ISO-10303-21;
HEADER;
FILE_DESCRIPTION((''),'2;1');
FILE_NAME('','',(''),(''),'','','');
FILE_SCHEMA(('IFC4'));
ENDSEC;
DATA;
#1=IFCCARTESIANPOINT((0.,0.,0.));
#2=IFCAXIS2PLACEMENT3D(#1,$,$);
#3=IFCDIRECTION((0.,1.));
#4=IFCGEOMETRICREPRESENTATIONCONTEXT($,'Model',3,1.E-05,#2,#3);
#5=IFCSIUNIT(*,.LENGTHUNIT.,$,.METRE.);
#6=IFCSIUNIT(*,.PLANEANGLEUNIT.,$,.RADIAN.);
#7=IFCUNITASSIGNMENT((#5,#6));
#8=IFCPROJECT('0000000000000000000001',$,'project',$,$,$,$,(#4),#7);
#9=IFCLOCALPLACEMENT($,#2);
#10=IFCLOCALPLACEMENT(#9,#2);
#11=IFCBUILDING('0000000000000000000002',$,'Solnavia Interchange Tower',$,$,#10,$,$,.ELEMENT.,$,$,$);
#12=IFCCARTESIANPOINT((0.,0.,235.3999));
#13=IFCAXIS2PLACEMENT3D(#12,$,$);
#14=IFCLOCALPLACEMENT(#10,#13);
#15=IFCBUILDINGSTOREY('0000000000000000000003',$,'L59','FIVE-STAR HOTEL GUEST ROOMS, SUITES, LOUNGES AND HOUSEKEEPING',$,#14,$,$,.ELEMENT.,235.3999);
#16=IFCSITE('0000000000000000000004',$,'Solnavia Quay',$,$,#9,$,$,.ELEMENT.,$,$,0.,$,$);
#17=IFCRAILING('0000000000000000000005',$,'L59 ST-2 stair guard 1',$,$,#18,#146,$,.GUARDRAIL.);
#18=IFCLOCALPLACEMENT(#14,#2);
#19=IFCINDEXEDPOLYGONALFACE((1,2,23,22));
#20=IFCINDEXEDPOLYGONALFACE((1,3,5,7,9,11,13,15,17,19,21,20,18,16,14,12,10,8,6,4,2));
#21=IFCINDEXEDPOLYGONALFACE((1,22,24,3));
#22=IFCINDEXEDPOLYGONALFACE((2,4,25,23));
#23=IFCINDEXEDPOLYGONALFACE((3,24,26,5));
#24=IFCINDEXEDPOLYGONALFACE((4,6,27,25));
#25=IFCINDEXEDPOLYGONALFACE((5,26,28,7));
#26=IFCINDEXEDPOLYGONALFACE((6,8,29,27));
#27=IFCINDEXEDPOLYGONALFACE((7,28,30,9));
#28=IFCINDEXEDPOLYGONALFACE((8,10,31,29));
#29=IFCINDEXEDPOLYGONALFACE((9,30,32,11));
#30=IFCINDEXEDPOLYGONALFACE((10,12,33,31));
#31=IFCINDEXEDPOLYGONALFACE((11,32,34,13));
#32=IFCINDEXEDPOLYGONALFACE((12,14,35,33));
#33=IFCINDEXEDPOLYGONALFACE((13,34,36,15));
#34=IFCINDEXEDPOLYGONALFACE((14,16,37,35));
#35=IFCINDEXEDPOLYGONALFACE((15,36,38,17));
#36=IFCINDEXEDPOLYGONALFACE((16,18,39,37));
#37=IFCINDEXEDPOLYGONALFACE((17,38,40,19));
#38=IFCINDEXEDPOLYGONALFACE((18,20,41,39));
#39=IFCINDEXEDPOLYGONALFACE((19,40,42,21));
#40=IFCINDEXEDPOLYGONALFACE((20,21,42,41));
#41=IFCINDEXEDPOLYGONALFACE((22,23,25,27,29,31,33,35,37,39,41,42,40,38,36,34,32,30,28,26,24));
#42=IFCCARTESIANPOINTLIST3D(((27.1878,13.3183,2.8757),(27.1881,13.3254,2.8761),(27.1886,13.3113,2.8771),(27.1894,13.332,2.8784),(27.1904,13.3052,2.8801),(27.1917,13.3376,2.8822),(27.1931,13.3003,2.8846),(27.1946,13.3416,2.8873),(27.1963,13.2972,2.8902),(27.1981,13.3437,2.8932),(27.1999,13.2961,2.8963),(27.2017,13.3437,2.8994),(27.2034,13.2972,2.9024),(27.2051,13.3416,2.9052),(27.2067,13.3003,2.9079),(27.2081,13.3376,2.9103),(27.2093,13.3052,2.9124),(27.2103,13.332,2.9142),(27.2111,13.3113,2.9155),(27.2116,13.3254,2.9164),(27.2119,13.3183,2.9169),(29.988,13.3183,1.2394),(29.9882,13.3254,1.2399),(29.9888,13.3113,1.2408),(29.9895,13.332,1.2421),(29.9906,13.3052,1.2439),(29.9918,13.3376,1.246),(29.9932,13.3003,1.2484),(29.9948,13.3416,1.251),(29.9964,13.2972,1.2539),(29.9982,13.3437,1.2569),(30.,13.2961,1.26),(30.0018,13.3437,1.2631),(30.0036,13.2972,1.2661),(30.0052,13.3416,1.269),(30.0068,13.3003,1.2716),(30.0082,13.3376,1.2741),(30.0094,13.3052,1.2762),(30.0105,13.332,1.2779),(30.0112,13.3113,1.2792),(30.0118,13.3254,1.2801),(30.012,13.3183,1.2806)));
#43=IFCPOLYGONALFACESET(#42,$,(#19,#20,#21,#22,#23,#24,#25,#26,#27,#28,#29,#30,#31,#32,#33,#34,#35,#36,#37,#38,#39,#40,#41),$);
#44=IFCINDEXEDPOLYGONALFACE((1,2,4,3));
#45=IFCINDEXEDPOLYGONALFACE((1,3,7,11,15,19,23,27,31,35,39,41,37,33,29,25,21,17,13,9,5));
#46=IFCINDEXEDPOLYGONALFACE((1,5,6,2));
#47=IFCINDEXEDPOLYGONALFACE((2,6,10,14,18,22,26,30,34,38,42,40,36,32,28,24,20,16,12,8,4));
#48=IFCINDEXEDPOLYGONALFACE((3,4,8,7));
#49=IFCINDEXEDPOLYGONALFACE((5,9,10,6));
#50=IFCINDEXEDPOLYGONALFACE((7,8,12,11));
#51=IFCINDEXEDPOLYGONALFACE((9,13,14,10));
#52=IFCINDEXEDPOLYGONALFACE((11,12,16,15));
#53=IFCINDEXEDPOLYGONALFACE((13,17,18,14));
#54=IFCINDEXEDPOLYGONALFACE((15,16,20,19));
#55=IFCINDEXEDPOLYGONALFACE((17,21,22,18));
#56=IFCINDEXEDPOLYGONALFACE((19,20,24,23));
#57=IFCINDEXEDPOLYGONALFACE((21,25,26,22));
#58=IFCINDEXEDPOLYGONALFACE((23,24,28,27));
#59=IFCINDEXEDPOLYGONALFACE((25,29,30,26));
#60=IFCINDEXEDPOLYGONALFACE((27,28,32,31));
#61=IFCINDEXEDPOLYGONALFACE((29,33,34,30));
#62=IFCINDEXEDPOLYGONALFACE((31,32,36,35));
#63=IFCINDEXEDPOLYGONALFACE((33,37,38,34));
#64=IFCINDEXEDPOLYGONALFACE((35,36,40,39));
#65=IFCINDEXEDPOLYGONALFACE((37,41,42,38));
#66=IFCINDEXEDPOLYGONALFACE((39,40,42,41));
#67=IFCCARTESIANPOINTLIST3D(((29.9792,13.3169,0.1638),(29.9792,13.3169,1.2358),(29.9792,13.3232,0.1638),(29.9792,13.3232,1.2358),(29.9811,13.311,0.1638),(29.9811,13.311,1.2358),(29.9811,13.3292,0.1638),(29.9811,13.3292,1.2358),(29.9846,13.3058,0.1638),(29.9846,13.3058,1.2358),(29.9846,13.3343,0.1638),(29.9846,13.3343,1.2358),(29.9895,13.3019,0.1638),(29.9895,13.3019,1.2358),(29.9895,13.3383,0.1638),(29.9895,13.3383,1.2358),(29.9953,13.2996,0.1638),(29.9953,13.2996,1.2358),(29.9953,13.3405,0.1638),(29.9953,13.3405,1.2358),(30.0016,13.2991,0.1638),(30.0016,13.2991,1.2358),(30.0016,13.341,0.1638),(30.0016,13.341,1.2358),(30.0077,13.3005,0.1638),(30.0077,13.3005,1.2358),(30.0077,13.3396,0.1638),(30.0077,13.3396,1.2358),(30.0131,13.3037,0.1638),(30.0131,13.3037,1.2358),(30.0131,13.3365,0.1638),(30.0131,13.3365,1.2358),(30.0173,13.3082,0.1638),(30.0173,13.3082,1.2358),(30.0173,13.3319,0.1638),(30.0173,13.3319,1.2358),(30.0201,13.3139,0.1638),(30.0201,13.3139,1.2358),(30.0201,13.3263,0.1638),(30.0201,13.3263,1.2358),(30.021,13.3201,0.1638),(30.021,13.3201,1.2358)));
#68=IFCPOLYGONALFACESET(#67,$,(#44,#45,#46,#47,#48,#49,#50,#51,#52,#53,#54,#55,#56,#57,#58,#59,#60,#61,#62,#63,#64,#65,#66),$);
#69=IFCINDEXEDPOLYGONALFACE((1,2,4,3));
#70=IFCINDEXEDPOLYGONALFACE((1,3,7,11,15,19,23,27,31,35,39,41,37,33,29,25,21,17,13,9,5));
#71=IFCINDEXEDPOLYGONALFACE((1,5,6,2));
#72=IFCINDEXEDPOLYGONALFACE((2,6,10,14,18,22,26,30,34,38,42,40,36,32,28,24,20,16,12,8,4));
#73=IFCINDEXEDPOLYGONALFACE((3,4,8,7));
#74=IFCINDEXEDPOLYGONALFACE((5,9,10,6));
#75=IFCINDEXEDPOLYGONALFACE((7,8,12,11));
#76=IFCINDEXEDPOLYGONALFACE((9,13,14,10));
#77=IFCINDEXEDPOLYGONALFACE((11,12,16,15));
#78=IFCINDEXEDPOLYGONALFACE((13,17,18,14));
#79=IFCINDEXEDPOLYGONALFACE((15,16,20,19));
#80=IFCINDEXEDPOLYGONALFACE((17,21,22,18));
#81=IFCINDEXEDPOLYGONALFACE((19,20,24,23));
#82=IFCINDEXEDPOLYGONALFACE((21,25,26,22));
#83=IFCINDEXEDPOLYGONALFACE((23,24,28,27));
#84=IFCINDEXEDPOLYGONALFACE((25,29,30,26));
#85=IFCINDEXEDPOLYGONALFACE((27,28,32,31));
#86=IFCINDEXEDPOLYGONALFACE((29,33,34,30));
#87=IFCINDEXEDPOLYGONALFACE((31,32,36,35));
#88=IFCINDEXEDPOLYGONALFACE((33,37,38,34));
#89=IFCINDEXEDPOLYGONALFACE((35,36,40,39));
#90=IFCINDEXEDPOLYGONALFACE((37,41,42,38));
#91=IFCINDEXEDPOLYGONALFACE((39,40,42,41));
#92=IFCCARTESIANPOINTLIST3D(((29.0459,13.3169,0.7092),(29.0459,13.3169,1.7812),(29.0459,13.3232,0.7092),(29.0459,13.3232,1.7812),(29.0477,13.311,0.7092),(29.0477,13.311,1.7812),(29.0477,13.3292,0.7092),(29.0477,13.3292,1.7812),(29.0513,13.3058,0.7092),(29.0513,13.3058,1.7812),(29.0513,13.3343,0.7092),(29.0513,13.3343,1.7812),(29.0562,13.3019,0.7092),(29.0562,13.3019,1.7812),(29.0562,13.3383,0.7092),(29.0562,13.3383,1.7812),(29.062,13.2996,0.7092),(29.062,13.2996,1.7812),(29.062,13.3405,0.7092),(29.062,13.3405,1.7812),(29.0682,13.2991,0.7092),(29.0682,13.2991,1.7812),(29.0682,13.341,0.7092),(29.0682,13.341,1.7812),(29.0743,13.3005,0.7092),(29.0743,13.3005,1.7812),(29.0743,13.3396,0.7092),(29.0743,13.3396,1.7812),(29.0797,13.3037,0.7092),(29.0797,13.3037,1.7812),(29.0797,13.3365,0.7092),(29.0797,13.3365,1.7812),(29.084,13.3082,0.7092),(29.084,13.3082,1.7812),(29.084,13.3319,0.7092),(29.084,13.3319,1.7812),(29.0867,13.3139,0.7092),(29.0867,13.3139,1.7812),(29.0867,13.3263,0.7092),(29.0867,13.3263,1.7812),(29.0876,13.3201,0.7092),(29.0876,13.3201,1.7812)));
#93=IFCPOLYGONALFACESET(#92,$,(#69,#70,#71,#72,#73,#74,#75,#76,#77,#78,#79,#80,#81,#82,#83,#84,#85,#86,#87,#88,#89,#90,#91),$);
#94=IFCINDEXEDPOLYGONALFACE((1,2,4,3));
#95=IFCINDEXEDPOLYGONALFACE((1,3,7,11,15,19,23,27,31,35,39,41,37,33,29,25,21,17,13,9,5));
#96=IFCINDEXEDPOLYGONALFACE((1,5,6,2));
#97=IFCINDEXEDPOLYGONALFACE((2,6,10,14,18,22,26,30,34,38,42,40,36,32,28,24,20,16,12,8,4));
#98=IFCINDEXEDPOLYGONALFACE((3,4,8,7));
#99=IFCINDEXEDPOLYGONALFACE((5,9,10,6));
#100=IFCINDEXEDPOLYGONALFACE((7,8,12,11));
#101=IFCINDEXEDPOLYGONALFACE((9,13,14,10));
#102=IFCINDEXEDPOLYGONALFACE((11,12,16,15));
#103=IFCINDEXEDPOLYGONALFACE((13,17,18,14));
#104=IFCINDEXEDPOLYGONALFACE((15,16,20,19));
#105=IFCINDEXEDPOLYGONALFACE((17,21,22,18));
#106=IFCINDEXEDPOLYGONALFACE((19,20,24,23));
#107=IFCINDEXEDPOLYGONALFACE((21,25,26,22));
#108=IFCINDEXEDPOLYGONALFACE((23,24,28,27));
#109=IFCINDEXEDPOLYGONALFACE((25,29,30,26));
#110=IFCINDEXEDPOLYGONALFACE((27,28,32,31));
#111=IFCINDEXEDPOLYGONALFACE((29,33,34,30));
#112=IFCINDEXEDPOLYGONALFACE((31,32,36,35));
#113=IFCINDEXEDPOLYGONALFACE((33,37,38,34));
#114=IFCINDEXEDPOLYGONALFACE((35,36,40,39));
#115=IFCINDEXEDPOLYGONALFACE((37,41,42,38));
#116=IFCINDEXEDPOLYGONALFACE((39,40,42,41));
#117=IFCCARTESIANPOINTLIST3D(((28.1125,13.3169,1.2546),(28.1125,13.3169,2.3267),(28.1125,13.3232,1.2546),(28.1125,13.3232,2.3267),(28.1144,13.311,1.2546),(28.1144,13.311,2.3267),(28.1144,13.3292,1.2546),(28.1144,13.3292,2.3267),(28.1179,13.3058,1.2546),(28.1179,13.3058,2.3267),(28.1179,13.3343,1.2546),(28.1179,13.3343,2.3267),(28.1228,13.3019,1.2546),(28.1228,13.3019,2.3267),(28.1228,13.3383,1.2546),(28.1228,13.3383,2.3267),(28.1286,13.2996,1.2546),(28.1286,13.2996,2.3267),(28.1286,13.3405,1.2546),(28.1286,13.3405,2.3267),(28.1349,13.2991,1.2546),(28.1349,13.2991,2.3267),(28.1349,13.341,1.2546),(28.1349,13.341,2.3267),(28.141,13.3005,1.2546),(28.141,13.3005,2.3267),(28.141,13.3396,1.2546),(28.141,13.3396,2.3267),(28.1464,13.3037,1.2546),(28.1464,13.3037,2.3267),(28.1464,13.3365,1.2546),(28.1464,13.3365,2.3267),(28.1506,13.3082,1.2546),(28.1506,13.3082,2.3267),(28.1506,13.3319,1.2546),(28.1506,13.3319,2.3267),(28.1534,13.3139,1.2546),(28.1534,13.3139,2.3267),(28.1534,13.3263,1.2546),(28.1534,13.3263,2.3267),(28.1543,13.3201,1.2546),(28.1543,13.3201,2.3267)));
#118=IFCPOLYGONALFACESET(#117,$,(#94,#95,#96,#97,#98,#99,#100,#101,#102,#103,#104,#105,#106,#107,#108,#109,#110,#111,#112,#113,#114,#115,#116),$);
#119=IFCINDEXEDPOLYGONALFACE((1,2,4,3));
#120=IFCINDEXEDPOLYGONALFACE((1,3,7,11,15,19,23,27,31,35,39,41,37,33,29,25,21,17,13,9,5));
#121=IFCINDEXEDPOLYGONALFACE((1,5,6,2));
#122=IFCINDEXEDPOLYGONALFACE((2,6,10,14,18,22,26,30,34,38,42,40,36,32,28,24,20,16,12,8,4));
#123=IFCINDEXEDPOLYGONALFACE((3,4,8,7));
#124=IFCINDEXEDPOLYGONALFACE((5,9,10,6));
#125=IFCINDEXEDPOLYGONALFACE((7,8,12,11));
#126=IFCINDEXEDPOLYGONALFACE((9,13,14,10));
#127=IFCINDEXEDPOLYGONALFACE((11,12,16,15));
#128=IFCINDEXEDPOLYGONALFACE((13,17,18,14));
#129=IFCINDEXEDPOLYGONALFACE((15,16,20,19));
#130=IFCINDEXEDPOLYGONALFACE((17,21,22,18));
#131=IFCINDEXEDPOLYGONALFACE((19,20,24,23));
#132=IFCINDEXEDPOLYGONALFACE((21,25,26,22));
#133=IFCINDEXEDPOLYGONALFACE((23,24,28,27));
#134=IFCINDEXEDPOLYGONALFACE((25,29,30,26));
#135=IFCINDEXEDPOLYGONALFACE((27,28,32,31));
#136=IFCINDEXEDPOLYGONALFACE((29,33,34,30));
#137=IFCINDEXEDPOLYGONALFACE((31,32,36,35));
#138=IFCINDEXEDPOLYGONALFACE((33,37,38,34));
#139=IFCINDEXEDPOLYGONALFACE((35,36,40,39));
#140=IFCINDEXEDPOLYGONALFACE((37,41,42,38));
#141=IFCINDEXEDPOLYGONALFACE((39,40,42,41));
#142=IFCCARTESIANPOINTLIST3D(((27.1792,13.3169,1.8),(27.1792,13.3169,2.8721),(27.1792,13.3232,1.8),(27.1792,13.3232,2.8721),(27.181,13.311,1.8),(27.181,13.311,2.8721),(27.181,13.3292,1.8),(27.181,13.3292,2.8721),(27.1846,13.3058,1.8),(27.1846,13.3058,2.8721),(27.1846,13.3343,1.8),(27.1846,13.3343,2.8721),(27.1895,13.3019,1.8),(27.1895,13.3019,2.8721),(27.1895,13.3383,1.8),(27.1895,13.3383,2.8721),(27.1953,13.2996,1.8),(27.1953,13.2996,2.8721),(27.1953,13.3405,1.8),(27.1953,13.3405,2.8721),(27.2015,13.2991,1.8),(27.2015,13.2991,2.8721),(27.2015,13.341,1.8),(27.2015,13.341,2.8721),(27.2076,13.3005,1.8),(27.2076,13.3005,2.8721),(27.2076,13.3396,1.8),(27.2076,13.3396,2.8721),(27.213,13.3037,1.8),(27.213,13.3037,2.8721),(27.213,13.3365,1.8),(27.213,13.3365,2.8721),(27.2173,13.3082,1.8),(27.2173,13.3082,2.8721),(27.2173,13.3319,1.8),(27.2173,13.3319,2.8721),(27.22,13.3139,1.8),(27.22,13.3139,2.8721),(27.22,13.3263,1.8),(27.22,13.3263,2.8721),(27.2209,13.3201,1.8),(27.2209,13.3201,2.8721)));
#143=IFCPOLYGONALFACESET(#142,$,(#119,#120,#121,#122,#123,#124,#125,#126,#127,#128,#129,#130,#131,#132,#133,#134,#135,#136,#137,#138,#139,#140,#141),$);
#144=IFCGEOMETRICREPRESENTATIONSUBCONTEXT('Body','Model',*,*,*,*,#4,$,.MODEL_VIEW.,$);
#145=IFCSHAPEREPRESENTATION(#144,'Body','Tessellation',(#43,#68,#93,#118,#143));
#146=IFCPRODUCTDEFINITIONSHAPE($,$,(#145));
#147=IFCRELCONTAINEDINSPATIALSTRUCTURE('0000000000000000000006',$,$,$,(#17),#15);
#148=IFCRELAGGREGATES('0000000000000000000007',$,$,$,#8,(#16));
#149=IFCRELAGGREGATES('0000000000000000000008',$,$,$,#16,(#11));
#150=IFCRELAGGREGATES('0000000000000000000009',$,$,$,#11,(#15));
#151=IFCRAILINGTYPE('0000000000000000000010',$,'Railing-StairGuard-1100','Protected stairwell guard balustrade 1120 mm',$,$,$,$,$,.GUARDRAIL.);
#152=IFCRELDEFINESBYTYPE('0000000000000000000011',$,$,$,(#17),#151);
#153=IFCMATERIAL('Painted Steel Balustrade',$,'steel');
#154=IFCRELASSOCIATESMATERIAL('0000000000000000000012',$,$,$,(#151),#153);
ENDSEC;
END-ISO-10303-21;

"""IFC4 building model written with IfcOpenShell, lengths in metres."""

from ifc_helpers import new_model, si_unit, direction, frame, origin, origin_2d, place, context, subcontext, project, spatial, circle, extrude, material, type_object, element, save


model = new_model("IFC4")

# Units and contexts
model_context = context("Model", 3, precision=1e-05, world=origin(), true_north=direction((0.0, 1.0)))
body_context = subcontext(model_context, "Body", "Model", "MODEL_VIEW")
ifc_project = project(units=[si_unit("LENGTHUNIT", "METRE"), si_unit("PLANEANGLEUNIT", "RADIAN")], contexts=[model_context])

# Site, building, storey
site_placement = place(None, origin())
site = spatial("IfcSite", under=ifc_project, at=site_placement, Name="Solnavia Quay", CompositionType="ELEMENT", RefElevation=0.0)
building_placement = place(site_placement, origin())
building = spatial("IfcBuilding", under=site, at=building_placement, Name="Solnavia Interchange Tower", CompositionType="ELEMENT")
storey_placement = place(building_placement, frame((0.0, 0.0, 235.3999)))
storey = spatial("IfcBuildingStorey", under=building, at=storey_placement, Name="L59", Description="FIVE-STAR HOTEL GUEST ROOMS, SUITES, LOUNGES AND HOUSEKEEPING", CompositionType="ELEMENT", Elevation=235.3999)

# Railing
ifc_material_1 = material(Name="Painted Steel Balustrade", Category="steel")
railing_type_1 = type_object("IfcRailingType", Name="Railing-StairGuard-1100", Description="Protected stairwell guard balustrade 1120 mm", PredefinedType="GUARDRAIL", material=ifc_material_1)
railing_1_placement = place(storey_placement, frame((30.0, 13.3201, 0.1638)))
element("IfcRailing", 1, at=railing_1_placement, inside=storey, type_object=railing_type_1, Name="L59 ST-2 stair guard 1", PredefinedType="GUARDRAIL", context=body_context, shape_type="SweptSolid", body=[
    extrude(circle(Radius=0.0239, at=origin_2d()), frame((0.0, 0.0, 1.0962), z_axis=(-0.863394, 0.0, 0.504531), x_axis=(0.0, -1.0, 0.0)), (0.0, 0.0, 1.0), 3.2432),
    extrude(circle(Radius=0.021, at=origin_2d()), origin(), (0.0, 0.0, 1.0), 1.072),
    extrude(circle(Radius=0.021, at=origin_2d()), frame((-0.9333, 0.0, 0.5454)), (0.0, 0.0, 1.0), 1.072),
    extrude(circle(Radius=0.021, at=origin_2d()), frame((-1.8667, 0.0, 1.0908)), (0.0, 0.0, 1.0), 1.072),
    extrude(circle(Radius=0.021, at=origin_2d()), frame((-2.8, 0.0, 1.6362)), (0.0, 0.0, 1.0), 1.072),
])

save(model, "model.ifc")
